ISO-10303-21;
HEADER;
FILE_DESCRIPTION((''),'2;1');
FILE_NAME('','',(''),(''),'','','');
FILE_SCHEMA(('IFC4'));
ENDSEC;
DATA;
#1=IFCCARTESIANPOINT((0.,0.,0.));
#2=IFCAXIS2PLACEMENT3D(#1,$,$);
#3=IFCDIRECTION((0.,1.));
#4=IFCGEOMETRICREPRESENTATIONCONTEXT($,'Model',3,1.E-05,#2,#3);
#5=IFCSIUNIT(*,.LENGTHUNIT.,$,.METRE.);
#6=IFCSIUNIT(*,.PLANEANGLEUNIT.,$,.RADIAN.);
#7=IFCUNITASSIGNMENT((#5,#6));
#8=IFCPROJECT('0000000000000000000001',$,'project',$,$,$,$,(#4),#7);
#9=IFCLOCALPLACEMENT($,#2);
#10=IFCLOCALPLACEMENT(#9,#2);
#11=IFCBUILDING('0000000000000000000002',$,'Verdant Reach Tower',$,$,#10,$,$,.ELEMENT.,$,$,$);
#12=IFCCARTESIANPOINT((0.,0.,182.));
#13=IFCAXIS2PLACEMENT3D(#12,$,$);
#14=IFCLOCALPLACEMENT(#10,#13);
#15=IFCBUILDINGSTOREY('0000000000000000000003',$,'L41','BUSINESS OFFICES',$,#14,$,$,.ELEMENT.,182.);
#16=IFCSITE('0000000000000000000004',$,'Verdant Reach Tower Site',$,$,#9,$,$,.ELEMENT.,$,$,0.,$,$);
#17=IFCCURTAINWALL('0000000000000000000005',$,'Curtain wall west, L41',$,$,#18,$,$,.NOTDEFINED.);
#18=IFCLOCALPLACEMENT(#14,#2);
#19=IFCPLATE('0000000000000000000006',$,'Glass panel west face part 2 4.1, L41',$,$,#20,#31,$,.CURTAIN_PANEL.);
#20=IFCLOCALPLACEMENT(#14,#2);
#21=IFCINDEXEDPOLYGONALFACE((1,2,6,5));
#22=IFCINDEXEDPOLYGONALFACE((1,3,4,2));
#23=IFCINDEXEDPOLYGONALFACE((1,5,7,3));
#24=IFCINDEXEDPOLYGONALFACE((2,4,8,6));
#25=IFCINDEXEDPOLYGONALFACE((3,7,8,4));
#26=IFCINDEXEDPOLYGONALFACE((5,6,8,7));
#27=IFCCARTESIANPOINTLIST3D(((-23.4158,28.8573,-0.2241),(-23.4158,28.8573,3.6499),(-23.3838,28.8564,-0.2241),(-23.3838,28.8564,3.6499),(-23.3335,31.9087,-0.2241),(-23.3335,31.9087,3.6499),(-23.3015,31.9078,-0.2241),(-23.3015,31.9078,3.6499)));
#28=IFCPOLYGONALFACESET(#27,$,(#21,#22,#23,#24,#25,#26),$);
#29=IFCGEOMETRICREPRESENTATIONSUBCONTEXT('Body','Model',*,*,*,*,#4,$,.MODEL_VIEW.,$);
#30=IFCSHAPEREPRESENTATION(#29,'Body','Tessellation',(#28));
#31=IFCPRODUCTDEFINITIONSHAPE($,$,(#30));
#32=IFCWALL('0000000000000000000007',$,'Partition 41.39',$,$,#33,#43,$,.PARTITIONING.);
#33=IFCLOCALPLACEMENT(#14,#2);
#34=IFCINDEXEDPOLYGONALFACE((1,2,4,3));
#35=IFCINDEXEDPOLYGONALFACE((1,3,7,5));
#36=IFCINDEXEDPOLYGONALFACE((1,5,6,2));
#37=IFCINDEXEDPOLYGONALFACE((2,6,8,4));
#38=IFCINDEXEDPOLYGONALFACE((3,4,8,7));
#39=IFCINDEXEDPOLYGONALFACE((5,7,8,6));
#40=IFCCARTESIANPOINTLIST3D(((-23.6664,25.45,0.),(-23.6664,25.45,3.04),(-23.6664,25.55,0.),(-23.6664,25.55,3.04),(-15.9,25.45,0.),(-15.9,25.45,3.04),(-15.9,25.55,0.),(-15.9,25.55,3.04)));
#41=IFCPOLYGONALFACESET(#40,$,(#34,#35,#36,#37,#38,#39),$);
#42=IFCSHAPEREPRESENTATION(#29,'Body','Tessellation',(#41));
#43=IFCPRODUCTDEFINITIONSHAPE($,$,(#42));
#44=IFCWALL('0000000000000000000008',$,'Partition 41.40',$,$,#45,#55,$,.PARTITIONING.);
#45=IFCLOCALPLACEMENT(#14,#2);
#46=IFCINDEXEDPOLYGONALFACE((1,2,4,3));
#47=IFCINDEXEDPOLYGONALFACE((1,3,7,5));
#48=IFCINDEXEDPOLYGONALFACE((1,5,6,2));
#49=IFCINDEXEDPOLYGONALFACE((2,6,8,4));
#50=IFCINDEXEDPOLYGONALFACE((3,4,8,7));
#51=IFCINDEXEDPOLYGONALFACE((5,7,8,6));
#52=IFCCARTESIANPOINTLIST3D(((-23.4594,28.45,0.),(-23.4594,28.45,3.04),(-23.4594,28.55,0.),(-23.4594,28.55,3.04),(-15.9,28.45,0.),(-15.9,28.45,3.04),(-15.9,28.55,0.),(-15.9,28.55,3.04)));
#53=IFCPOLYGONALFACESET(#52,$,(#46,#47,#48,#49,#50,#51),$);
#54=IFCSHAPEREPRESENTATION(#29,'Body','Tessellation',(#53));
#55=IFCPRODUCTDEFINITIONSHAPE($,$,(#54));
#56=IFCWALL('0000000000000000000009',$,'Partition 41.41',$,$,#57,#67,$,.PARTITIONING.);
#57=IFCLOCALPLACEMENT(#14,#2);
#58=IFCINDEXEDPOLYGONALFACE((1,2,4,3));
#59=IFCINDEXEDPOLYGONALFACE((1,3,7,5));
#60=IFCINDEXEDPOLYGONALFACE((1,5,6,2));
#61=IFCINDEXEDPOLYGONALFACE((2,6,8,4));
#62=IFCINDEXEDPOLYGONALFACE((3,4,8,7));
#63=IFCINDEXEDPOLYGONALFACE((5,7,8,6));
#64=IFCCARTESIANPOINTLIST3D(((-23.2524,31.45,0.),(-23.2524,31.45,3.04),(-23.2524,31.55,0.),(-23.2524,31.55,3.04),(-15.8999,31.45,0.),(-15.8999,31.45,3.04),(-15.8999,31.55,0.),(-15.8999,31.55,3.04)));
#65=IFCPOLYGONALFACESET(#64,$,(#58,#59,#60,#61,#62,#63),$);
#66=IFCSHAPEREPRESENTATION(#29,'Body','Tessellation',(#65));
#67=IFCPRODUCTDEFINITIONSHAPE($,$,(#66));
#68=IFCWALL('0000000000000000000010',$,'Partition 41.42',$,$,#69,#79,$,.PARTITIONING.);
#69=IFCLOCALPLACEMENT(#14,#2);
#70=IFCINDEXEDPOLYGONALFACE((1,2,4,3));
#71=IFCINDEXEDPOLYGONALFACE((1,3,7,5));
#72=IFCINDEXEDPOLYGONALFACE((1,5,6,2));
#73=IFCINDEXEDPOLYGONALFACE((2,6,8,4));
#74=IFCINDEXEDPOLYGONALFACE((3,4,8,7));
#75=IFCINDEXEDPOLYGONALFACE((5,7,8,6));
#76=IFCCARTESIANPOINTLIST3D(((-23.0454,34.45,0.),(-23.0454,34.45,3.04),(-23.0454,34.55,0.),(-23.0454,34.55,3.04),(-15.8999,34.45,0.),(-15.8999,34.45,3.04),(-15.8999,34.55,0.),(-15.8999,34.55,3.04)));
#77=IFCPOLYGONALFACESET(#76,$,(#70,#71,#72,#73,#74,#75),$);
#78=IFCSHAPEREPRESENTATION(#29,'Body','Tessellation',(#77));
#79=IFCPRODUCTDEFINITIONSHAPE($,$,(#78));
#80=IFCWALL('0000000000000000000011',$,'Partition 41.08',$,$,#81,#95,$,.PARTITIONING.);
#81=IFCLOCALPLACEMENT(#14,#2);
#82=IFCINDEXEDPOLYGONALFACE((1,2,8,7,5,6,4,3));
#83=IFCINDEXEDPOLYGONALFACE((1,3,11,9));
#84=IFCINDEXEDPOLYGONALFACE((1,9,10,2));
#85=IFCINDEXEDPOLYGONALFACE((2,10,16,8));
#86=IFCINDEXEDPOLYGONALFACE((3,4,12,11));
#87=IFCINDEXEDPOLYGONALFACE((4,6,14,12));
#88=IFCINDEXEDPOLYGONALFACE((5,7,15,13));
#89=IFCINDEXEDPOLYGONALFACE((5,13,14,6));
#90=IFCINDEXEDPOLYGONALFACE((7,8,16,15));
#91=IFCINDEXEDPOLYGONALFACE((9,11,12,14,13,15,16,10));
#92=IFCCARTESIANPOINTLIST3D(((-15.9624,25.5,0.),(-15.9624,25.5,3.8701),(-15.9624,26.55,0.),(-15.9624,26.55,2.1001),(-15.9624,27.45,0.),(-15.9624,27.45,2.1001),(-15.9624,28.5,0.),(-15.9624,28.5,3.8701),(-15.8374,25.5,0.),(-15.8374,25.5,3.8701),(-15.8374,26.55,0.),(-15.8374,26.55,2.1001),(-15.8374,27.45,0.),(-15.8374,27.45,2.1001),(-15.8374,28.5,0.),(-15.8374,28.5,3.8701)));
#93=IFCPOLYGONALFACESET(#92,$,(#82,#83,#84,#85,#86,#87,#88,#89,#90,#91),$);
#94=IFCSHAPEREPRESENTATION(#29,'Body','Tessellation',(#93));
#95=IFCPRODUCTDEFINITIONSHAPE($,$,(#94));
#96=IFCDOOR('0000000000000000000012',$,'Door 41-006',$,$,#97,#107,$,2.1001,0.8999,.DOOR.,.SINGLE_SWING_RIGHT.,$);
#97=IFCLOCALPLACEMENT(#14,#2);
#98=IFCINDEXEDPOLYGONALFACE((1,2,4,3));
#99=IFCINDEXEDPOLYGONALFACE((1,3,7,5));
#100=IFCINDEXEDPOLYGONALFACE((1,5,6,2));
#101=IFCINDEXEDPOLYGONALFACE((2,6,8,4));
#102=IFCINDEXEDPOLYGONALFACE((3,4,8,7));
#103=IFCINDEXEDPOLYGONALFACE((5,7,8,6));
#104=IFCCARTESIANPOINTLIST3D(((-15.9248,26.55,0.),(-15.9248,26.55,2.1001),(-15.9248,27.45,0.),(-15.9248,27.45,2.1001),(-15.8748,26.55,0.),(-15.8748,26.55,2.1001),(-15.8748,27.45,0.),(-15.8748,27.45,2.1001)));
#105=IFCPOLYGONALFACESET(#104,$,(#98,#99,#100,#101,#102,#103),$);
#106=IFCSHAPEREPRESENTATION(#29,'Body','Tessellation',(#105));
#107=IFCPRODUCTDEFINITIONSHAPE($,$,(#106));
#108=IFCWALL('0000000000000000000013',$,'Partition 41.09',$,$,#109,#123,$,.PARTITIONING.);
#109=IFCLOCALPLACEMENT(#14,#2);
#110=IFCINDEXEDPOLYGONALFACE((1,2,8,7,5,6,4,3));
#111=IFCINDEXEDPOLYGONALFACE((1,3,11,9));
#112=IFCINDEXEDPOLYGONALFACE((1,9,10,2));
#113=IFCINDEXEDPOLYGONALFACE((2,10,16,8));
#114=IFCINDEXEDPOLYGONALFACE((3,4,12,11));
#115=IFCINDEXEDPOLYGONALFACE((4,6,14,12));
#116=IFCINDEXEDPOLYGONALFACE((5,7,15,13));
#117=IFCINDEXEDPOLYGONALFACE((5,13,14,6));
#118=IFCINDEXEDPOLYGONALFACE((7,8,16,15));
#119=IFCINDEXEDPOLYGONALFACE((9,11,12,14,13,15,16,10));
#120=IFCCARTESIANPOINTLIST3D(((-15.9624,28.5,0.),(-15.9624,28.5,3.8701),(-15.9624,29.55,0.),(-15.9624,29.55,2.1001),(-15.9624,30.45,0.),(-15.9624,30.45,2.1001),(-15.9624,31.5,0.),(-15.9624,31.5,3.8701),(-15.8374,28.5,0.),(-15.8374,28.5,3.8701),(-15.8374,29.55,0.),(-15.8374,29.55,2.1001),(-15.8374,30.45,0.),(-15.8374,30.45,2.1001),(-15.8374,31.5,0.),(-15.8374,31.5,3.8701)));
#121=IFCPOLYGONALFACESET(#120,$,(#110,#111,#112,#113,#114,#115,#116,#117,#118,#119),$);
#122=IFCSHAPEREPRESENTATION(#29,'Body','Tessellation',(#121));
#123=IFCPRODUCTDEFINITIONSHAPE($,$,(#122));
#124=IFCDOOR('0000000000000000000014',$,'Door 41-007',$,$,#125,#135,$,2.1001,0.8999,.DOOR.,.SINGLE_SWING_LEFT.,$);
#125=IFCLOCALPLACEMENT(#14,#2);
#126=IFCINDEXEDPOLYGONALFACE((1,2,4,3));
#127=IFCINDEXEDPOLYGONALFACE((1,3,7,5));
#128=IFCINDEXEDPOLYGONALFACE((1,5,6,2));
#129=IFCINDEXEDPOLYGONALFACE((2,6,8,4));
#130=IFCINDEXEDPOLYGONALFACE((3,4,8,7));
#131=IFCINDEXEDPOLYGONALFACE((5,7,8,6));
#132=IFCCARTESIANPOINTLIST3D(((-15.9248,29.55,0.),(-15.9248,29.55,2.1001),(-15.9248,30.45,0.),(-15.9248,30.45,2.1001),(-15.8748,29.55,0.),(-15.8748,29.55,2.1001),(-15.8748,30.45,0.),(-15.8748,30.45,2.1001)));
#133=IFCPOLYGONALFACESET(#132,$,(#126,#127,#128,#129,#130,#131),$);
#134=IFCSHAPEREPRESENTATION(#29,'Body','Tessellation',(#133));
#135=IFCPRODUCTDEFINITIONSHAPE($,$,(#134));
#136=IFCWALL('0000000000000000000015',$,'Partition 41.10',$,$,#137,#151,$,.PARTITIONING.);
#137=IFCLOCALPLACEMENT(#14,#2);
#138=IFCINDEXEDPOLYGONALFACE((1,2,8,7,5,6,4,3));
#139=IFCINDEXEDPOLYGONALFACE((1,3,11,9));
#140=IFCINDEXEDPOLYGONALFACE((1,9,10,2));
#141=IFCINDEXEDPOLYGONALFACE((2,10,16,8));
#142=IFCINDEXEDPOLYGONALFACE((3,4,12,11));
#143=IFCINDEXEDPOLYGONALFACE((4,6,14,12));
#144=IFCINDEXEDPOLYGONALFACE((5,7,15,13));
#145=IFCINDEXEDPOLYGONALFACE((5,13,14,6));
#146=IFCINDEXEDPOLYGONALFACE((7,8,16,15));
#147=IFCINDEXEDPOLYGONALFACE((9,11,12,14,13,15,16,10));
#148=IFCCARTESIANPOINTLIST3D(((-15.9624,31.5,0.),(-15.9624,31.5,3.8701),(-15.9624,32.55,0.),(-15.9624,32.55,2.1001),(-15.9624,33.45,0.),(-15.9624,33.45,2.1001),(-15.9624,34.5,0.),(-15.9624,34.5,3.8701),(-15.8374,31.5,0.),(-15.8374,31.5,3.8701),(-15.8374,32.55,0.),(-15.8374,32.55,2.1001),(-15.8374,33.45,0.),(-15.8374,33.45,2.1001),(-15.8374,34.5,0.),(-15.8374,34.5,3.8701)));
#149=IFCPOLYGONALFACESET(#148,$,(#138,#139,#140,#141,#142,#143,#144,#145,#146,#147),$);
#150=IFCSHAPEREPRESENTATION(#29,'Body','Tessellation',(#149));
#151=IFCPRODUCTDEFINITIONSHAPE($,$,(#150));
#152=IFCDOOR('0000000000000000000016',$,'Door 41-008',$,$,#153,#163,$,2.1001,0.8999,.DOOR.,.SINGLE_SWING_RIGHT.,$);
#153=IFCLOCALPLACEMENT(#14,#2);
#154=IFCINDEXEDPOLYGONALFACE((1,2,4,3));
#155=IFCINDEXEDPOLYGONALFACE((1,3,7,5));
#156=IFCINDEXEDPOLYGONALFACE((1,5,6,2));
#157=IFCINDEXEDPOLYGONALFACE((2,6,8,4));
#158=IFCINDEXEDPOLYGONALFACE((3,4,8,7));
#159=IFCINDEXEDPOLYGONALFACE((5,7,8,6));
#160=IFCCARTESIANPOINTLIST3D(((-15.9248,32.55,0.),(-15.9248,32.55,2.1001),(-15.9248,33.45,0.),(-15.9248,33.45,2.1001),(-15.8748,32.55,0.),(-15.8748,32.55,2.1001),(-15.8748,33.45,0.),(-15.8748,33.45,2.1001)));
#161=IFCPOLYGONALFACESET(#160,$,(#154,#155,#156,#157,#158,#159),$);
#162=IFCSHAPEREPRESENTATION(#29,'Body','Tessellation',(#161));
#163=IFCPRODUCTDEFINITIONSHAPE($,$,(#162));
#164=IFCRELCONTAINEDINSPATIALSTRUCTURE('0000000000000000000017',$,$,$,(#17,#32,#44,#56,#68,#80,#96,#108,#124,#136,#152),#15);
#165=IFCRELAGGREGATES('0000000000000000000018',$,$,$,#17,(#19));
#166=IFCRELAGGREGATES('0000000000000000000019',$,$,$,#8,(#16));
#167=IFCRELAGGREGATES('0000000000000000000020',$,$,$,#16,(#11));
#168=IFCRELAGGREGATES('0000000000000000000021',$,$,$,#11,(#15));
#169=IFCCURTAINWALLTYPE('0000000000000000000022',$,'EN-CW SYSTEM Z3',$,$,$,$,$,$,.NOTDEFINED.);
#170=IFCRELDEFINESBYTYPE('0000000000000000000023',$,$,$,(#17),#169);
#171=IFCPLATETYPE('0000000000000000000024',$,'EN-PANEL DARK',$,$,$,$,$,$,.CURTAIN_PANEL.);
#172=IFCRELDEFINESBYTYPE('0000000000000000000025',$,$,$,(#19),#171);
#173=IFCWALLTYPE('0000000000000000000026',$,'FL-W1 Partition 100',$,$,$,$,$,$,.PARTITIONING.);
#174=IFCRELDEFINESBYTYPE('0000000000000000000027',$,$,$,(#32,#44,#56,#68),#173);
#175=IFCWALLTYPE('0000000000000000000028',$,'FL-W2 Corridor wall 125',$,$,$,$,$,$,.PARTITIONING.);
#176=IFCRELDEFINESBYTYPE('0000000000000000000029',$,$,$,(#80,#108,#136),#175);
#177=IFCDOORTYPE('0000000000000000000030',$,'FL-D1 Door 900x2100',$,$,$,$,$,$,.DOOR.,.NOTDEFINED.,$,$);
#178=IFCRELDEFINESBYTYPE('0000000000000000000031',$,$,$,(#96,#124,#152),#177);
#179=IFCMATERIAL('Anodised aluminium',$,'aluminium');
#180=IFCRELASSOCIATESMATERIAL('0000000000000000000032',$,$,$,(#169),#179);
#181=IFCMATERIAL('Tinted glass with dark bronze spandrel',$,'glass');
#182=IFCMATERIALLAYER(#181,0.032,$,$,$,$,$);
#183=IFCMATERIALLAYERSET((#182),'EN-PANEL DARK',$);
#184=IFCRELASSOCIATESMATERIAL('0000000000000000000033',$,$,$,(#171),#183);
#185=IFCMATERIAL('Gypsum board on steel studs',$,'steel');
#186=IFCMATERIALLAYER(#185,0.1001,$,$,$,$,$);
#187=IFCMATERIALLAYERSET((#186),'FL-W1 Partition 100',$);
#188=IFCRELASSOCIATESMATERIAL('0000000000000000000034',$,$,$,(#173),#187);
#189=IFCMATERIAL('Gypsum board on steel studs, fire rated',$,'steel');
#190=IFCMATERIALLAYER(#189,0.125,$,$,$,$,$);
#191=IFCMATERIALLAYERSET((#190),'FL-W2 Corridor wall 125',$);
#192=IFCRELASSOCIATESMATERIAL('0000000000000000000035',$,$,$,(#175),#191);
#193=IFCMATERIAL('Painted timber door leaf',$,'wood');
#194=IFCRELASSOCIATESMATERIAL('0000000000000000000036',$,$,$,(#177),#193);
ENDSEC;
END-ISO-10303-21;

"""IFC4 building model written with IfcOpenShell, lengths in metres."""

from ifc_helpers import new_model, si_unit, direction, frame, frame_2d, origin, origin_2d, place, context, subcontext, project, spatial, rectangle, extrude, material, layer, layer_set, type_object, element, fill, aggregate, save


model = new_model("IFC4")

# Units and contexts
model_context = context("Model", 3, precision=1e-05, world=origin(), true_north=direction((0.0, 1.0)))
body_context = subcontext(model_context, "Body", "Model", "MODEL_VIEW")
ifc_project = project(units=[si_unit("LENGTHUNIT", "METRE"), si_unit("PLANEANGLEUNIT", "RADIAN")], contexts=[model_context])

# Site, building, storey
site_placement = place(None, origin())
site = spatial("IfcSite", under=ifc_project, at=site_placement, Name="Verdant Reach Tower Site", CompositionType="ELEMENT", RefElevation=0.0)
building_placement = place(site_placement, origin())
building = spatial("IfcBuilding", under=site, at=building_placement, Name="Verdant Reach Tower", CompositionType="ELEMENT")
storey_placement = place(building_placement, frame((0.0, 0.0, 182.0)))
storey = spatial("IfcBuildingStorey", under=building, at=storey_placement, Name="L41", Description="BUSINESS OFFICES", CompositionType="ELEMENT", Elevation=182.0)

# Curtain wall
ifc_material_1 = material(Name="Anodised aluminium", Category="aluminium")
curtain_wall_type = type_object("IfcCurtainWallType", Name="EN-CW SYSTEM Z3", PredefinedType="NOTDEFINED", material=ifc_material_1)
curtain_wall_placement = place(storey_placement, origin())
curtain_wall = element("IfcCurtainWall", 1, at=curtain_wall_placement, inside=storey, type_object=curtain_wall_type, Name="Curtain wall west, L41", PredefinedType="NOTDEFINED")

# Plate
ifc_material_2 = material(Name="Tinted glass with dark bronze spandrel", Category="glass")
ifc_layer_1 = layer(ifc_material_2, 0.032)
ifc_layer_set_1 = layer_set([ifc_layer_1], Name="EN-PANEL DARK")
plate_type_1 = type_object("IfcPlateType", Name="EN-PANEL DARK", PredefinedType="CURTAIN_PANEL", material=ifc_layer_set_1)
plate_1_placement = place(storey_placement, frame((-23.3586, 30.3826, -0.2241), z_axis=(0.0, 0.0, 1.0), x_axis=(-0.026965, -0.999636, 0.0)))
plate_1 = element("IfcPlate", 2, at=plate_1_placement, type_object=plate_type_1, Name="Glass panel west face part 2 4.1, L41", PredefinedType="CURTAIN_PANEL", context=body_context, shape_type="SweptSolid", body=[
    extrude(rectangle(XDim=3.0525, YDim=0.032, at=origin_2d()), origin(), (0.0, 0.0, 1.0), 3.874),
])
aggregate(curtain_wall, [plate_1])

# Walls
ifc_material_3 = material(Name="Gypsum board on steel studs", Category="steel")
ifc_layer_2 = layer(ifc_material_3, 0.1001)
ifc_layer_set_2 = layer_set([ifc_layer_2], Name="FL-W1 Partition 100")
wall_type_1 = type_object("IfcWallType", Name="FL-W1 Partition 100", PredefinedType="PARTITIONING", material=ifc_layer_set_2)
wall_1_placement = place(storey_placement, frame((-15.8999, 25.5, 0.0), z_axis=(0.0, 0.0, 1.0), x_axis=(-1.0, 0.0, 0.0)))
element("IfcWall", 3, at=wall_1_placement, inside=storey, type_object=wall_type_1, Name="Partition 41.39", PredefinedType="PARTITIONING", context=body_context, shape_type="SweptSolid", body=[
    extrude(rectangle(XDim=7.7664, YDim=0.1001, at=frame_2d((3.8833, 0.0))), origin(), (0.0, 0.0, 1.0), 3.04),
])
wall_2_placement = place(storey_placement, frame((-15.8999, 28.5, 0.0), z_axis=(0.0, 0.0, 1.0), x_axis=(-1.0, 0.0, 0.0)))
element("IfcWall", 4, at=wall_2_placement, inside=storey, type_object=wall_type_1, Name="Partition 41.40", PredefinedType="PARTITIONING", context=body_context, shape_type="SweptSolid", body=[
    extrude(rectangle(XDim=7.5593, YDim=0.1001, at=frame_2d((3.7798, 0.0))), origin(), (0.0, 0.0, 1.0), 3.04),
])
wall_3_placement = place(storey_placement, frame((-15.8999, 31.5, 0.0), z_axis=(0.0, 0.0, 1.0), x_axis=(-1.0, 0.0, 0.0)))
element("IfcWall", 5, at=wall_3_placement, inside=storey, type_object=wall_type_1, Name="Partition 41.41", PredefinedType="PARTITIONING", context=body_context, shape_type="SweptSolid", body=[
    extrude(rectangle(XDim=7.3525, YDim=0.1001, at=frame_2d((3.6763, 0.0))), origin(), (0.0, 0.0, 1.0), 3.04),
])
wall_4_placement = place(storey_placement, frame((-15.8999, 34.5, 0.0), z_axis=(0.0, 0.0, 1.0), x_axis=(-1.0, 0.0, 0.0)))
element("IfcWall", 6, at=wall_4_placement, inside=storey, type_object=wall_type_1, Name="Partition 41.42", PredefinedType="PARTITIONING", context=body_context, shape_type="SweptSolid", body=[
    extrude(rectangle(XDim=7.1455, YDim=0.1001, at=frame_2d((3.5728, 0.0))), origin(), (0.0, 0.0, 1.0), 3.04),
])

# Walls, openings, doors
ifc_material_4 = material(Name="Gypsum board on steel studs, fire rated", Category="steel")
ifc_layer_3 = layer(ifc_material_4, 0.125)
ifc_layer_set_3 = layer_set([ifc_layer_3], Name="FL-W2 Corridor wall 125")
wall_type_2 = type_object("IfcWallType", Name="FL-W2 Corridor wall 125", PredefinedType="PARTITIONING", material=ifc_layer_set_3)
wall_5_placement = place(storey_placement, frame((-15.8999, 25.5, 0.0), z_axis=(0.0, 0.0, 1.0), x_axis=(0.0, 1.0, 0.0)))
wall_5 = element("IfcWall", 7, at=wall_5_placement, inside=storey, type_object=wall_type_2, Name="Partition 41.08", PredefinedType="PARTITIONING", context=body_context, shape_type="SweptSolid", body=[
    extrude(rectangle(XDim=3.0, YDim=0.125, at=frame_2d((1.5, 0.0))), origin(), (0.0, 0.0, 1.0), 3.8701),
])
opening_1_placement = place(wall_5_placement, frame((1.05, 0.0, 0.0)))
opening_1 = element("IfcOpeningElement", 8, at=opening_1_placement, cuts=wall_5, PredefinedType="OPENING", context=body_context, shape_type="SweptSolid", body=[
    extrude(rectangle(XDim=0.8999, YDim=2.1001, at=frame_2d((0.45, 1.05))), frame((0.0, 0.0725, 0.0), z_axis=(0.0, -1.0, 0.0), x_axis=(1.0, 0.0, 0.0)), (0.0, 0.0, 1.0), 0.145),
])
ifc_material_5 = material(Name="Painted timber door leaf", Category="wood")
door_type_1 = type_object("IfcDoorType", Name="FL-D1 Door 900x2100", OperationType="NOTDEFINED", PredefinedType="DOOR", material=ifc_material_5)
door_1_placement = place(opening_1_placement, origin())
door_1 = element("IfcDoor", 9, at=door_1_placement, inside=storey, type_object=door_type_1, Name="Door 41-006", OperationType="SINGLE_SWING_RIGHT", OverallHeight=2.1001, OverallWidth=0.8999, PredefinedType="DOOR", context=body_context, shape_type="SweptSolid", body=[
    extrude(rectangle(XDim=0.8999, YDim=2.1001, at=frame_2d((0.45, 1.05))), frame((0.0, 0.0249, 0.0), z_axis=(0.0, -1.0, 0.0), x_axis=(1.0, 0.0, 0.0)), (0.0, 0.0, 1.0), 0.05),
])
fill(opening_1, door_1)
wall_6_placement = place(storey_placement, frame((-15.8999, 28.5, 0.0), z_axis=(0.0, 0.0, 1.0), x_axis=(0.0, 1.0, 0.0)))
wall_6 = element("IfcWall", 10, at=wall_6_placement, inside=storey, type_object=wall_type_2, Name="Partition 41.09", PredefinedType="PARTITIONING", context=body_context, shape_type="SweptSolid", body=[
    extrude(rectangle(XDim=3.0, YDim=0.125, at=frame_2d((1.5, 0.0))), origin(), (0.0, 0.0, 1.0), 3.8701),
])
opening_2_placement = place(wall_6_placement, frame((1.05, 0.0, 0.0)))
opening_2 = element("IfcOpeningElement", 11, at=opening_2_placement, cuts=wall_6, PredefinedType="OPENING", context=body_context, shape_type="SweptSolid", body=[
    extrude(rectangle(XDim=0.8999, YDim=2.1001, at=frame_2d((0.45, 1.05))), frame((0.0, 0.0725, 0.0), z_axis=(0.0, -1.0, 0.0), x_axis=(1.0, 0.0, 0.0)), (0.0, 0.0, 1.0), 0.145),
])
door_2_placement = place(opening_2_placement, origin())
door_2 = element("IfcDoor", 12, at=door_2_placement, inside=storey, type_object=door_type_1, Name="Door 41-007", OperationType="SINGLE_SWING_LEFT", OverallHeight=2.1001, OverallWidth=0.8999, PredefinedType="DOOR", context=body_context, shape_type="SweptSolid", body=[
    extrude(rectangle(XDim=0.8999, YDim=2.1001, at=frame_2d((0.45, 1.05))), frame((0.0, 0.0249, 0.0), z_axis=(0.0, -1.0, 0.0), x_axis=(1.0, 0.0, 0.0)), (0.0, 0.0, 1.0), 0.05),
])
fill(opening_2, door_2)
wall_7_placement = place(storey_placement, frame((-15.8999, 31.5, 0.0), z_axis=(0.0, 0.0, 1.0), x_axis=(0.0, 1.0, 0.0)))
wall_7 = element("IfcWall", 13, at=wall_7_placement, inside=storey, type_object=wall_type_2, Name="Partition 41.10", PredefinedType="PARTITIONING", context=body_context, shape_type="SweptSolid", body=[
    extrude(rectangle(XDim=3.0, YDim=0.125, at=frame_2d((1.5, 0.0))), origin(), (0.0, 0.0, 1.0), 3.8701),
])
opening_3_placement = place(wall_7_placement, frame((1.05, 0.0, 0.0)))
opening_3 = element("IfcOpeningElement", 14, at=opening_3_placement, cuts=wall_7, PredefinedType="OPENING", context=body_context, shape_type="SweptSolid", body=[
    extrude(rectangle(XDim=0.8999, YDim=2.1001, at=frame_2d((0.45, 1.05))), frame((0.0, 0.0725, 0.0), z_axis=(0.0, -1.0, 0.0), x_axis=(1.0, 0.0, 0.0)), (0.0, 0.0, 1.0), 0.145),
])
door_3_placement = place(opening_3_placement, origin())
door_3 = element("IfcDoor", 15, at=door_3_placement, inside=storey, type_object=door_type_1, Name="Door 41-008", OperationType="SINGLE_SWING_RIGHT", OverallHeight=2.1001, OverallWidth=0.8999, PredefinedType="DOOR", context=body_context, shape_type="SweptSolid", body=[
    extrude(rectangle(XDim=0.8999, YDim=2.1001, at=frame_2d((0.45, 1.05))), frame((0.0, 0.0249, 0.0), z_axis=(0.0, -1.0, 0.0), x_axis=(1.0, 0.0, 0.0)), (0.0, 0.0, 1.0), 0.05),
])
fill(opening_3, door_3)

save(model, "model.ifc")
